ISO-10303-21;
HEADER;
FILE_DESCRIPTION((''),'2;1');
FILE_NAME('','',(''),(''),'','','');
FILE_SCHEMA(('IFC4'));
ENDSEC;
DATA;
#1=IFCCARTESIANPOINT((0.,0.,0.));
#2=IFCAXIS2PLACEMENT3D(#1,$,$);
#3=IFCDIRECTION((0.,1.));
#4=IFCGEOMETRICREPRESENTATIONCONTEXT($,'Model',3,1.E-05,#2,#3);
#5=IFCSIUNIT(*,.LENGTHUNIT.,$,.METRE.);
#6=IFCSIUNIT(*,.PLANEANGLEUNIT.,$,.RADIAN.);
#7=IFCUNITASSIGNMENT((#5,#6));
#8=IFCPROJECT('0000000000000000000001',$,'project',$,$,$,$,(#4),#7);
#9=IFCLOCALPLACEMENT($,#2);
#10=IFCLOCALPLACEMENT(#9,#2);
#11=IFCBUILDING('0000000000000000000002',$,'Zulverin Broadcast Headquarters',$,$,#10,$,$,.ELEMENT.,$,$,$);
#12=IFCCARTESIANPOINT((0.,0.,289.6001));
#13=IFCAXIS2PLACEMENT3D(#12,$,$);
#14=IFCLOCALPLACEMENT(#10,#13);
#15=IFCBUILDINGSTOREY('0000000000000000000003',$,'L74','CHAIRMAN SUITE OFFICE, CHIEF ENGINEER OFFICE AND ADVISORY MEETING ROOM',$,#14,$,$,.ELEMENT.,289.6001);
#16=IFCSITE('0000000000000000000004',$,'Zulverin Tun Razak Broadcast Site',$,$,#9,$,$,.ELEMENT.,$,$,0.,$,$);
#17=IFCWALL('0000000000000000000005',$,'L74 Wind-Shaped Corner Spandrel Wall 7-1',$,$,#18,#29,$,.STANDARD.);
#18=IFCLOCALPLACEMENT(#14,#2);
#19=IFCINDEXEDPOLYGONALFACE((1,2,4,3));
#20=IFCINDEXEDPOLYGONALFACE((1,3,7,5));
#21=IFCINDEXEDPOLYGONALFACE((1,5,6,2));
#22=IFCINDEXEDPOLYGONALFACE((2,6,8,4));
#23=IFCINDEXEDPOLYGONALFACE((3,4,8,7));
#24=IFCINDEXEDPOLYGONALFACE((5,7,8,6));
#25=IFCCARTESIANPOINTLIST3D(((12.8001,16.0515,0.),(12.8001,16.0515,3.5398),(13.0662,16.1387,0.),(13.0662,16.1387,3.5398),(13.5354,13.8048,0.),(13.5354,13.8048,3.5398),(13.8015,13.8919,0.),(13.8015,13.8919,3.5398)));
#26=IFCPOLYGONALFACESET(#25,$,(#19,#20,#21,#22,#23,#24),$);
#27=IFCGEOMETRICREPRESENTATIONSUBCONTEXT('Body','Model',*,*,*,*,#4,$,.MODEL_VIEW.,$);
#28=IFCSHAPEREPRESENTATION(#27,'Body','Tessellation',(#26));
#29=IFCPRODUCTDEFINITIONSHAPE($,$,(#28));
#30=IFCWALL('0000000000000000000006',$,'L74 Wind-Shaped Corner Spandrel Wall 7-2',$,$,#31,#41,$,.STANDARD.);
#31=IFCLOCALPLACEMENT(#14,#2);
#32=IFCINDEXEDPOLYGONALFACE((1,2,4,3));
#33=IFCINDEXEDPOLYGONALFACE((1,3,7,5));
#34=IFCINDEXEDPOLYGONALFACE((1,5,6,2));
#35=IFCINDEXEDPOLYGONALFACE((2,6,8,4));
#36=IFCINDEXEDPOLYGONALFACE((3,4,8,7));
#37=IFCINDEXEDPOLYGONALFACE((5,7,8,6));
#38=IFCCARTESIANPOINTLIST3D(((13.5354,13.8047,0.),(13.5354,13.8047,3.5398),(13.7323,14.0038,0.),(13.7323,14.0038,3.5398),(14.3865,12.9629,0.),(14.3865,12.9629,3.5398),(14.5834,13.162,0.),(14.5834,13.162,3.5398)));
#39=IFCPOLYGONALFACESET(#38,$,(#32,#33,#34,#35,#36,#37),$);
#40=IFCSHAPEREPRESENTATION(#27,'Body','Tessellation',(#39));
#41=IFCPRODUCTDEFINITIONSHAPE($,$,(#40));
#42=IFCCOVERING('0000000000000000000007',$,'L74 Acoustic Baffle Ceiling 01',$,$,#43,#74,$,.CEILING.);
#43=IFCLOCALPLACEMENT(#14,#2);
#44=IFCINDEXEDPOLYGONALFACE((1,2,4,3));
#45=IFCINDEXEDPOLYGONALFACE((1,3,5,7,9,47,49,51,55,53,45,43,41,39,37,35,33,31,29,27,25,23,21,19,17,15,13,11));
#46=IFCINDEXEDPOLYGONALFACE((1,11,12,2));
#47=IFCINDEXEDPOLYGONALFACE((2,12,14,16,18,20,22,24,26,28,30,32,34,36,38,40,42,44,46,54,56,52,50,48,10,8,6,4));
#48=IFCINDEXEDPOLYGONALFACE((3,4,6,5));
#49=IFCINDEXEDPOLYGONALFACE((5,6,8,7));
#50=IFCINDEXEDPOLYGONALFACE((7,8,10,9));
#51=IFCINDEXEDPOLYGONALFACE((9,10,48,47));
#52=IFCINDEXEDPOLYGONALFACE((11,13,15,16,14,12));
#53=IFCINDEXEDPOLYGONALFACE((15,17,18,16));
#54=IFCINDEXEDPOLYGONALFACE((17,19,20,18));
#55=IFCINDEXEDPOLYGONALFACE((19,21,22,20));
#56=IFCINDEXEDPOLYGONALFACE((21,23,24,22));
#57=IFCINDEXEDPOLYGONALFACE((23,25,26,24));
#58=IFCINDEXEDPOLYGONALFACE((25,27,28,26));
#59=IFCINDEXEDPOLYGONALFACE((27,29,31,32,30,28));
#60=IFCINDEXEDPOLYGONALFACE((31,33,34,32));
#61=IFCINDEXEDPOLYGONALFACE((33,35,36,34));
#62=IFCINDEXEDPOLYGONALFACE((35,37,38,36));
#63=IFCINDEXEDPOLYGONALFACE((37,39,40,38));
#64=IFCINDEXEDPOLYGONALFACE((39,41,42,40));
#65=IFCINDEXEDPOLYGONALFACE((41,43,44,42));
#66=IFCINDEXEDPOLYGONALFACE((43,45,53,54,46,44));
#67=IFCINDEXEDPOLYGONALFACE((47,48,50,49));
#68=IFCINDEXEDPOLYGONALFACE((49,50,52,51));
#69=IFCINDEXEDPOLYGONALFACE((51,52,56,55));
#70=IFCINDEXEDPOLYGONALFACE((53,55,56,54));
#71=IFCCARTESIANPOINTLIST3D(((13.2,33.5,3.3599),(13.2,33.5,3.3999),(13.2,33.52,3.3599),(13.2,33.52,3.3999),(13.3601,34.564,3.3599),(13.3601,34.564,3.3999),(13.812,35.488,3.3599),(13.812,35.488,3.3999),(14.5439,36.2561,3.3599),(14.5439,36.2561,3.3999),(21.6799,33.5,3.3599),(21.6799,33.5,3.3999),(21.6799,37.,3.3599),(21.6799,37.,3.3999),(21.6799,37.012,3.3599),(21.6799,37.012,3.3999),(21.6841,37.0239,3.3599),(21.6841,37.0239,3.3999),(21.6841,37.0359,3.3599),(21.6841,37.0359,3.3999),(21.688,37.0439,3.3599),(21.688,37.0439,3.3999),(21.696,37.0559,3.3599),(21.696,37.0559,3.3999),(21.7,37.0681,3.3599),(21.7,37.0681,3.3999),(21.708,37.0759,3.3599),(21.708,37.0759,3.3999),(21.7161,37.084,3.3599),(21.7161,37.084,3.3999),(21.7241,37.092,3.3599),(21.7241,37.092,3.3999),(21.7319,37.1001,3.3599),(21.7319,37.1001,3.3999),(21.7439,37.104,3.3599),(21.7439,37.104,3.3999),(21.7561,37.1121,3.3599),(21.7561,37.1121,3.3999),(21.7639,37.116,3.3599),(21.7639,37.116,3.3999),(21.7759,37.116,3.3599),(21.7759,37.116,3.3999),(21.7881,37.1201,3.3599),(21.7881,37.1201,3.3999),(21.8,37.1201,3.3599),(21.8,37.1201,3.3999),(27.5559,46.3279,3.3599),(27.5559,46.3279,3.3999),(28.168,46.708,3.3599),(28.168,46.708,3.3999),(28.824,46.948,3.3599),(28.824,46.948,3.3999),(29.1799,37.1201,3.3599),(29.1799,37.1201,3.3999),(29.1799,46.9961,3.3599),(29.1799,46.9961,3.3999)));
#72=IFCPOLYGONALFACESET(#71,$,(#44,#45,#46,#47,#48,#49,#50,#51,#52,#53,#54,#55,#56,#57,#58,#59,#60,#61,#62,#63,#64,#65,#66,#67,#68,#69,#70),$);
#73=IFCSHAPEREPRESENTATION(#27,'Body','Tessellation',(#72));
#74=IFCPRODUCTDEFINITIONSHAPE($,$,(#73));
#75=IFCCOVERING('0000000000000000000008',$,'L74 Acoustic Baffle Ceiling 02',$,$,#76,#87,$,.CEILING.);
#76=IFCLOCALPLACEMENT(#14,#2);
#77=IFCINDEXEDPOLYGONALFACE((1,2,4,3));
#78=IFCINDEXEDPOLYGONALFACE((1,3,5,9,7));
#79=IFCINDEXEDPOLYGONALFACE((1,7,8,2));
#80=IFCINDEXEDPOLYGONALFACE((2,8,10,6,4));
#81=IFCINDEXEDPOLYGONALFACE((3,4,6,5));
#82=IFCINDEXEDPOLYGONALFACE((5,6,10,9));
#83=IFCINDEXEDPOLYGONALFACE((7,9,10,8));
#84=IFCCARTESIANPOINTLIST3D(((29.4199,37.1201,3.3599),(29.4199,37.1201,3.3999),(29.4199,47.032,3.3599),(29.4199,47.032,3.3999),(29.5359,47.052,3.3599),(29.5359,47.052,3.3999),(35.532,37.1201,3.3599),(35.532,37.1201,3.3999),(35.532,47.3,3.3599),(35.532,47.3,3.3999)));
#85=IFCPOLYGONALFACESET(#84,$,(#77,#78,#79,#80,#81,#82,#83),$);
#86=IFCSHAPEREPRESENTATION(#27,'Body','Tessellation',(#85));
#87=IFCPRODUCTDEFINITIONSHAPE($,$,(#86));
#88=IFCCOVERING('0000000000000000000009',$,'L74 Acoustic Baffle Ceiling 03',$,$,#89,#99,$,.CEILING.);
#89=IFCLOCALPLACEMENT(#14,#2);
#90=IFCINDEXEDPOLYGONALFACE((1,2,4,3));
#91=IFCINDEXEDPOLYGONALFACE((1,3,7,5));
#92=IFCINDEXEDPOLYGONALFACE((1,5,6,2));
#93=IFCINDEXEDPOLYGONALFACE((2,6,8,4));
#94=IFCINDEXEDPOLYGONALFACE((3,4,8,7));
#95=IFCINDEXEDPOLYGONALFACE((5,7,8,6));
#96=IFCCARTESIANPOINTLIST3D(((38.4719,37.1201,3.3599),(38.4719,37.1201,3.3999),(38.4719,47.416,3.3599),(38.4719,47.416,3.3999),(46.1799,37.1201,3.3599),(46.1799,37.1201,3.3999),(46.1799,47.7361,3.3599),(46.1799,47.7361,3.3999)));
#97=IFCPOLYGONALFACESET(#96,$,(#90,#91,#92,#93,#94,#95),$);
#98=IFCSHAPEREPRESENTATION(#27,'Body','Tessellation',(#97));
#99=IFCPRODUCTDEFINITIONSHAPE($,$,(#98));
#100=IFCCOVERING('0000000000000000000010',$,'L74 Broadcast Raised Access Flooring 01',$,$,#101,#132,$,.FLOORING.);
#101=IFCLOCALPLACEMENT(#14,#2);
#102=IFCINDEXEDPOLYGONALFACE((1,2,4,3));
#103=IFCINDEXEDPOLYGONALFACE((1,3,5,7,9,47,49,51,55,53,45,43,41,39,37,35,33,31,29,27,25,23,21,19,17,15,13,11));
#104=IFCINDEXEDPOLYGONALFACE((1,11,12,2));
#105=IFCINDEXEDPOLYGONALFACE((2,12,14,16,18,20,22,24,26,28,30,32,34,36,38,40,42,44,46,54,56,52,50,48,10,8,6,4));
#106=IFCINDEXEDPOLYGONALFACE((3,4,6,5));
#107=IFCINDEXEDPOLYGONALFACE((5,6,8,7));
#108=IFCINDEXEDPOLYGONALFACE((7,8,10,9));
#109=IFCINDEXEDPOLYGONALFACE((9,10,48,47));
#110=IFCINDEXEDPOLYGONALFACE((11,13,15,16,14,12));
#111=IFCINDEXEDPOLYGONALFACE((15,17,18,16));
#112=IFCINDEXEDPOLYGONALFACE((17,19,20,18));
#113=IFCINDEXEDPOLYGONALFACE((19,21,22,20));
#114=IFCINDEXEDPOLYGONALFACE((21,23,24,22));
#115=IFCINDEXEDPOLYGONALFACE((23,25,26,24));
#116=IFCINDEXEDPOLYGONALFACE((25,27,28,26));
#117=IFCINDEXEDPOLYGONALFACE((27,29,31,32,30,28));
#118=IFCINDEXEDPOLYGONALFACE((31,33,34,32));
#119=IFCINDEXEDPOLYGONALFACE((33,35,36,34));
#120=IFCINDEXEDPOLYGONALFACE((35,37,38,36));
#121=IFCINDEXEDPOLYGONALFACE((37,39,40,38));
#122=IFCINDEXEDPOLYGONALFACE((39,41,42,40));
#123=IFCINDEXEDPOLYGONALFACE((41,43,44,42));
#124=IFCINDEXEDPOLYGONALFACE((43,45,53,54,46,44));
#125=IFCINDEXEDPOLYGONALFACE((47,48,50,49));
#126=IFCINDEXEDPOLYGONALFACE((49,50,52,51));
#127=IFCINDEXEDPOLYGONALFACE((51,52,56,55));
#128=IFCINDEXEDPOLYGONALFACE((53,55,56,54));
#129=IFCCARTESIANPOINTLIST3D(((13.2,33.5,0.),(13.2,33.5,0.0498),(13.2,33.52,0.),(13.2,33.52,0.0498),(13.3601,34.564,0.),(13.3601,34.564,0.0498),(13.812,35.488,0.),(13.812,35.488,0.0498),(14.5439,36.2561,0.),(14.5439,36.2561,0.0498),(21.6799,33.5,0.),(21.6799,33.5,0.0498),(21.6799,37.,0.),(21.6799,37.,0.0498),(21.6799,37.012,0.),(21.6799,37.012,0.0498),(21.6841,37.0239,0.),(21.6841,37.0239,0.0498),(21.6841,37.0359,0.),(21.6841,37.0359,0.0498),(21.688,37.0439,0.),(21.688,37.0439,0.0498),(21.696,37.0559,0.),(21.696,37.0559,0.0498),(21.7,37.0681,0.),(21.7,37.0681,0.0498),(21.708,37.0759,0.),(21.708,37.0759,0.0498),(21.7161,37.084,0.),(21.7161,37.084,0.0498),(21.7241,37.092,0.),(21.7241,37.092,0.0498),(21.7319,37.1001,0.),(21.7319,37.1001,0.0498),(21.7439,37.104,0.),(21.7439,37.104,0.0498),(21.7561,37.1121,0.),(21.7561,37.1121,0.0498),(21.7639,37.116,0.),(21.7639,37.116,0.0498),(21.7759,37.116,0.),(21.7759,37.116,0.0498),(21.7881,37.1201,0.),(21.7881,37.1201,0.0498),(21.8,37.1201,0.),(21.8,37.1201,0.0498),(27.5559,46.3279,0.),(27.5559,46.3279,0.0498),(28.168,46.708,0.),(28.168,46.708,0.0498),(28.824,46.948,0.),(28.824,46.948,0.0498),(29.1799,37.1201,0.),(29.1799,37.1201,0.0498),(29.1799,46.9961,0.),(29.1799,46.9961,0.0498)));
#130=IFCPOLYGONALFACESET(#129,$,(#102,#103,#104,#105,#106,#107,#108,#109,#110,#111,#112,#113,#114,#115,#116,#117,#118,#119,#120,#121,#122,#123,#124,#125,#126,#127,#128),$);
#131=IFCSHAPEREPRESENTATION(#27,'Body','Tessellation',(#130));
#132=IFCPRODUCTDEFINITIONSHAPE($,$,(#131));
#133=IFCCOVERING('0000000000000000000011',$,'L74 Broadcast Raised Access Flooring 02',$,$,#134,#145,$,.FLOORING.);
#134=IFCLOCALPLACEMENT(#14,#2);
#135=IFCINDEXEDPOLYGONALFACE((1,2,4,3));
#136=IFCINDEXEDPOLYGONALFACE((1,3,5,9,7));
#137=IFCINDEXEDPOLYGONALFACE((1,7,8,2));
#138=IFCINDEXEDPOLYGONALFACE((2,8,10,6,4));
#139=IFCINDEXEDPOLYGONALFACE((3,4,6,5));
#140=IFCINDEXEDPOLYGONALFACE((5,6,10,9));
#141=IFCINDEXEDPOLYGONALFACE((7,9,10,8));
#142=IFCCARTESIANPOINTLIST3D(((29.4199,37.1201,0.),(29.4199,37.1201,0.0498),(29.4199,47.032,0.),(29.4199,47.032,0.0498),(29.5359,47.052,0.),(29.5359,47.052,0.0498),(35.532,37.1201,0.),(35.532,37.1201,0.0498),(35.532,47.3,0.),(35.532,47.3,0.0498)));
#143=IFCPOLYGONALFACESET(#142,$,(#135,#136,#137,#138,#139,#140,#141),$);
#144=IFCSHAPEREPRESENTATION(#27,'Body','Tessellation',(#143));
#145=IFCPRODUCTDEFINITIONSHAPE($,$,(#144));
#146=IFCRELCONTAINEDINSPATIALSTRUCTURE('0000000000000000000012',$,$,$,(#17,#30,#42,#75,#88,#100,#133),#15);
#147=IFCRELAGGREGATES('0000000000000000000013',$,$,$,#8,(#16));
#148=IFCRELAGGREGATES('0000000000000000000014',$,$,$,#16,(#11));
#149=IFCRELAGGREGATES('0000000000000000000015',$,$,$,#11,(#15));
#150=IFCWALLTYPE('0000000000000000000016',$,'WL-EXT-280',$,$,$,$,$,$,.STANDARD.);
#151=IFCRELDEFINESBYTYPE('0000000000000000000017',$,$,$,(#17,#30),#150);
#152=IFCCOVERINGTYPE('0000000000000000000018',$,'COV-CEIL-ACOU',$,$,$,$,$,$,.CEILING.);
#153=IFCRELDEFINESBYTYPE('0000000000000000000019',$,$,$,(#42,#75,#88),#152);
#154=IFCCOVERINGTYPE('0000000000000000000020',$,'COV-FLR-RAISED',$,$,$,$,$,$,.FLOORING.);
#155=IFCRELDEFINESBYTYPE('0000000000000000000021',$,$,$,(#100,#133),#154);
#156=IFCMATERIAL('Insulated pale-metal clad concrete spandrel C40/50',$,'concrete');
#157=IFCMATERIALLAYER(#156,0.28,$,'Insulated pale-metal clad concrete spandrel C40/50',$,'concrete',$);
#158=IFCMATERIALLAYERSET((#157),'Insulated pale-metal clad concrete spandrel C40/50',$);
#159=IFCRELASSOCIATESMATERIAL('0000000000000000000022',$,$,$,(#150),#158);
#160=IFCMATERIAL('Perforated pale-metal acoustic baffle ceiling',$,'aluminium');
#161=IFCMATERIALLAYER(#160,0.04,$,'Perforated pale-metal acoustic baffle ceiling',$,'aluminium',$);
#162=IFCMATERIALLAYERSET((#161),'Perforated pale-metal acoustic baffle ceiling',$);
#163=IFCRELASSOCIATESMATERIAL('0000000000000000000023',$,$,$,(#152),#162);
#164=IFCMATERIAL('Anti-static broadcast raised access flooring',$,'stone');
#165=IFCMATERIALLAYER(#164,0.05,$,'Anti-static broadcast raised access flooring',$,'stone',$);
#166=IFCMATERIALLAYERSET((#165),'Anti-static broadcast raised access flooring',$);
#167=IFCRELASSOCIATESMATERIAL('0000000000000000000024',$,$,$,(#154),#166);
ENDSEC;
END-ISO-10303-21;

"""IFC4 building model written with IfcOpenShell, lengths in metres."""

from ifc_helpers import new_model, si_unit, direction, frame, frame_2d, origin, place, context, subcontext, project, spatial, polyline, rectangle, outline, extrude, material, layer, layer_set, type_object, element, save


model = new_model("IFC4")

# Units and contexts
model_context = context("Model", 3, precision=1e-05, world=origin(), true_north=direction((0.0, 1.0)))
body_context = subcontext(model_context, "Body", "Model", "MODEL_VIEW")
ifc_project = project(units=[si_unit("LENGTHUNIT", "METRE"), si_unit("PLANEANGLEUNIT", "RADIAN")], contexts=[model_context])

# Site, building, storey
site_placement = place(None, origin())
site = spatial("IfcSite", under=ifc_project, at=site_placement, Name="Zulverin Tun Razak Broadcast Site", CompositionType="ELEMENT", RefElevation=0.0)
building_placement = place(site_placement, origin())
building = spatial("IfcBuilding", under=site, at=building_placement, Name="Zulverin Broadcast Headquarters", CompositionType="ELEMENT")
storey_placement = place(building_placement, frame((0.0, 0.0, 289.6001)))
storey = spatial("IfcBuildingStorey", under=building, at=storey_placement, Name="L74", Description="CHAIRMAN SUITE OFFICE, CHIEF ENGINEER OFFICE AND ADVISORY MEETING ROOM", CompositionType="ELEMENT", Elevation=289.6001)

# Walls
ifc_material_1 = material(Name="Insulated pale-metal clad concrete spandrel C40/50", Category="concrete")
ifc_layer_1 = layer(ifc_material_1, 0.28, Name="Insulated pale-metal clad concrete spandrel C40/50", Category="concrete")
ifc_layer_set_1 = layer_set([ifc_layer_1], Name="Insulated pale-metal clad concrete spandrel C40/50")
wall_type_1 = type_object("IfcWallType", Name="WL-EXT-280", PredefinedType="STANDARD", material=ifc_layer_set_1)
wall_1_placement = place(storey_placement, frame((12.9331, 16.0952, 0.0), z_axis=(0.0, 0.0, 1.0), x_axis=(0.311049, -0.950394, 0.0)))
element("IfcWall", 1, at=wall_1_placement, inside=storey, type_object=wall_type_1, Name="L74 Wind-Shaped Corner Spandrel Wall 7-1", PredefinedType="STANDARD", context=body_context, shape_type="SweptSolid", body=[
    extrude(rectangle(XDim=2.364, YDim=0.28, at=frame_2d((1.1821, 0.0))), origin(), (0.0, 0.0, 1.0), 3.5398),
])
wall_2_placement = place(storey_placement, frame((13.6338, 13.9043, 0.0), z_axis=(0.0, 0.0, 1.0), x_axis=(0.710971, -0.703221, 0.0)))
element("IfcWall", 2, at=wall_2_placement, inside=storey, type_object=wall_type_1, Name="L74 Wind-Shaped Corner Spandrel Wall 7-2", PredefinedType="STANDARD", context=body_context, shape_type="SweptSolid", body=[
    extrude(rectangle(XDim=1.197, YDim=0.28, at=frame_2d((0.5986, 0.0))), origin(), (0.0, 0.0, 1.0), 3.5398),
])

# Coverings
ifc_material_2 = material(Name="Perforated pale-metal acoustic baffle ceiling", Category="aluminium")
ifc_layer_2 = layer(ifc_material_2, 0.04, Name="Perforated pale-metal acoustic baffle ceiling", Category="aluminium")
ifc_layer_set_2 = layer_set([ifc_layer_2], Name="Perforated pale-metal acoustic baffle ceiling")
covering_type_1 = type_object("IfcCoveringType", Name="COV-CEIL-ACOU", PredefinedType="CEILING", material=ifc_layer_set_2)
covering_1_placement = place(storey_placement, frame((0.0, 0.0, 3.3599)))
element("IfcCovering", 3, at=covering_1_placement, inside=storey, type_object=covering_type_1, Name="L74 Acoustic Baffle Ceiling 01", PredefinedType="CEILING", context=body_context, shape_type="SweptSolid", body=[
    extrude(outline(polyline([(28.168, 46.708), (27.5559, 46.3279), (14.5439, 36.2561), (13.812, 35.488), (13.3601, 34.564), (13.2, 33.52), (13.2, 33.5), (21.6799, 33.5), (21.6799, 37.0), (21.6799, 37.012), (21.6841, 37.0239), (21.6841, 37.0359), (21.688, 37.0439), (21.696, 37.0559), (21.7, 37.0681), (21.708, 37.0759), (21.7161, 37.084), (21.7241, 37.092), (21.7319, 37.1001), (21.7439, 37.104), (21.7561, 37.1121), (21.7639, 37.116), (21.7759, 37.116), (21.7881, 37.1201), (21.8, 37.1201), (29.1799, 37.1201), (29.1799, 46.9961), (28.824, 46.948), (28.168, 46.708)])), origin(), (0.0, 0.0, 1.0), 0.04),
])
covering_2_placement = place(storey_placement, frame((0.0, 0.0, 3.3599)))
element("IfcCovering", 4, at=covering_2_placement, inside=storey, type_object=covering_type_1, Name="L74 Acoustic Baffle Ceiling 02", PredefinedType="CEILING", context=body_context, shape_type="SweptSolid", body=[
    extrude(outline(polyline([(29.5359, 47.052), (29.4199, 47.032), (29.4199, 37.1201), (35.532, 37.1201), (35.532, 47.3), (29.5359, 47.052)])), origin(), (0.0, 0.0, 1.0), 0.04),
])
covering_3_placement = place(storey_placement, frame((0.0, 0.0, 3.3599)))
element("IfcCovering", 5, at=covering_3_placement, inside=storey, type_object=covering_type_1, Name="L74 Acoustic Baffle Ceiling 03", PredefinedType="CEILING", context=body_context, shape_type="SweptSolid", body=[
    extrude(outline(polyline([(38.4719, 47.416), (38.4719, 37.1201), (46.1799, 37.1201), (46.1799, 47.7361), (38.4719, 47.416)])), origin(), (0.0, 0.0, 1.0), 0.04),
])
ifc_material_3 = material(Name="Anti-static broadcast raised access flooring", Category="stone")
ifc_layer_3 = layer(ifc_material_3, 0.05, Name="Anti-static broadcast raised access flooring", Category="stone")
ifc_layer_set_3 = layer_set([ifc_layer_3], Name="Anti-static broadcast raised access flooring")
covering_type_2 = type_object("IfcCoveringType", Name="COV-FLR-RAISED", PredefinedType="FLOORING", material=ifc_layer_set_3)
covering_4_placement = place(storey_placement, origin())
element("IfcCovering", 6, at=covering_4_placement, inside=storey, type_object=covering_type_2, Name="L74 Broadcast Raised Access Flooring 01", PredefinedType="FLOORING", context=body_context, shape_type="SweptSolid", body=[
    extrude(outline(polyline([(28.168, 46.708), (27.5559, 46.3279), (14.5439, 36.2561), (13.812, 35.488), (13.3601, 34.564), (13.2, 33.52), (13.2, 33.5), (21.6799, 33.5), (21.6799, 37.0), (21.6799, 37.012), (21.6841, 37.0239), (21.6841, 37.0359), (21.688, 37.0439), (21.696, 37.0559), (21.7, 37.0681), (21.708, 37.0759), (21.7161, 37.084), (21.7241, 37.092), (21.7319, 37.1001), (21.7439, 37.104), (21.7561, 37.1121), (21.7639, 37.116), (21.7759, 37.116), (21.7881, 37.1201), (21.8, 37.1201), (29.1799, 37.1201), (29.1799, 46.9961), (28.824, 46.948), (28.168, 46.708)])), origin(), (0.0, 0.0, 1.0), 0.0498),
])
covering_5_placement = place(storey_placement, origin())
element("IfcCovering", 7, at=covering_5_placement, inside=storey, type_object=covering_type_2, Name="L74 Broadcast Raised Access Flooring 02", PredefinedType="FLOORING", context=body_context, shape_type="SweptSolid", body=[
    extrude(outline(polyline([(29.5359, 47.052), (29.4199, 47.032), (29.4199, 37.1201), (35.532, 37.1201), (35.532, 47.3), (29.5359, 47.052)])), origin(), (0.0, 0.0, 1.0), 0.0498),
])

save(model, "model.ifc")
